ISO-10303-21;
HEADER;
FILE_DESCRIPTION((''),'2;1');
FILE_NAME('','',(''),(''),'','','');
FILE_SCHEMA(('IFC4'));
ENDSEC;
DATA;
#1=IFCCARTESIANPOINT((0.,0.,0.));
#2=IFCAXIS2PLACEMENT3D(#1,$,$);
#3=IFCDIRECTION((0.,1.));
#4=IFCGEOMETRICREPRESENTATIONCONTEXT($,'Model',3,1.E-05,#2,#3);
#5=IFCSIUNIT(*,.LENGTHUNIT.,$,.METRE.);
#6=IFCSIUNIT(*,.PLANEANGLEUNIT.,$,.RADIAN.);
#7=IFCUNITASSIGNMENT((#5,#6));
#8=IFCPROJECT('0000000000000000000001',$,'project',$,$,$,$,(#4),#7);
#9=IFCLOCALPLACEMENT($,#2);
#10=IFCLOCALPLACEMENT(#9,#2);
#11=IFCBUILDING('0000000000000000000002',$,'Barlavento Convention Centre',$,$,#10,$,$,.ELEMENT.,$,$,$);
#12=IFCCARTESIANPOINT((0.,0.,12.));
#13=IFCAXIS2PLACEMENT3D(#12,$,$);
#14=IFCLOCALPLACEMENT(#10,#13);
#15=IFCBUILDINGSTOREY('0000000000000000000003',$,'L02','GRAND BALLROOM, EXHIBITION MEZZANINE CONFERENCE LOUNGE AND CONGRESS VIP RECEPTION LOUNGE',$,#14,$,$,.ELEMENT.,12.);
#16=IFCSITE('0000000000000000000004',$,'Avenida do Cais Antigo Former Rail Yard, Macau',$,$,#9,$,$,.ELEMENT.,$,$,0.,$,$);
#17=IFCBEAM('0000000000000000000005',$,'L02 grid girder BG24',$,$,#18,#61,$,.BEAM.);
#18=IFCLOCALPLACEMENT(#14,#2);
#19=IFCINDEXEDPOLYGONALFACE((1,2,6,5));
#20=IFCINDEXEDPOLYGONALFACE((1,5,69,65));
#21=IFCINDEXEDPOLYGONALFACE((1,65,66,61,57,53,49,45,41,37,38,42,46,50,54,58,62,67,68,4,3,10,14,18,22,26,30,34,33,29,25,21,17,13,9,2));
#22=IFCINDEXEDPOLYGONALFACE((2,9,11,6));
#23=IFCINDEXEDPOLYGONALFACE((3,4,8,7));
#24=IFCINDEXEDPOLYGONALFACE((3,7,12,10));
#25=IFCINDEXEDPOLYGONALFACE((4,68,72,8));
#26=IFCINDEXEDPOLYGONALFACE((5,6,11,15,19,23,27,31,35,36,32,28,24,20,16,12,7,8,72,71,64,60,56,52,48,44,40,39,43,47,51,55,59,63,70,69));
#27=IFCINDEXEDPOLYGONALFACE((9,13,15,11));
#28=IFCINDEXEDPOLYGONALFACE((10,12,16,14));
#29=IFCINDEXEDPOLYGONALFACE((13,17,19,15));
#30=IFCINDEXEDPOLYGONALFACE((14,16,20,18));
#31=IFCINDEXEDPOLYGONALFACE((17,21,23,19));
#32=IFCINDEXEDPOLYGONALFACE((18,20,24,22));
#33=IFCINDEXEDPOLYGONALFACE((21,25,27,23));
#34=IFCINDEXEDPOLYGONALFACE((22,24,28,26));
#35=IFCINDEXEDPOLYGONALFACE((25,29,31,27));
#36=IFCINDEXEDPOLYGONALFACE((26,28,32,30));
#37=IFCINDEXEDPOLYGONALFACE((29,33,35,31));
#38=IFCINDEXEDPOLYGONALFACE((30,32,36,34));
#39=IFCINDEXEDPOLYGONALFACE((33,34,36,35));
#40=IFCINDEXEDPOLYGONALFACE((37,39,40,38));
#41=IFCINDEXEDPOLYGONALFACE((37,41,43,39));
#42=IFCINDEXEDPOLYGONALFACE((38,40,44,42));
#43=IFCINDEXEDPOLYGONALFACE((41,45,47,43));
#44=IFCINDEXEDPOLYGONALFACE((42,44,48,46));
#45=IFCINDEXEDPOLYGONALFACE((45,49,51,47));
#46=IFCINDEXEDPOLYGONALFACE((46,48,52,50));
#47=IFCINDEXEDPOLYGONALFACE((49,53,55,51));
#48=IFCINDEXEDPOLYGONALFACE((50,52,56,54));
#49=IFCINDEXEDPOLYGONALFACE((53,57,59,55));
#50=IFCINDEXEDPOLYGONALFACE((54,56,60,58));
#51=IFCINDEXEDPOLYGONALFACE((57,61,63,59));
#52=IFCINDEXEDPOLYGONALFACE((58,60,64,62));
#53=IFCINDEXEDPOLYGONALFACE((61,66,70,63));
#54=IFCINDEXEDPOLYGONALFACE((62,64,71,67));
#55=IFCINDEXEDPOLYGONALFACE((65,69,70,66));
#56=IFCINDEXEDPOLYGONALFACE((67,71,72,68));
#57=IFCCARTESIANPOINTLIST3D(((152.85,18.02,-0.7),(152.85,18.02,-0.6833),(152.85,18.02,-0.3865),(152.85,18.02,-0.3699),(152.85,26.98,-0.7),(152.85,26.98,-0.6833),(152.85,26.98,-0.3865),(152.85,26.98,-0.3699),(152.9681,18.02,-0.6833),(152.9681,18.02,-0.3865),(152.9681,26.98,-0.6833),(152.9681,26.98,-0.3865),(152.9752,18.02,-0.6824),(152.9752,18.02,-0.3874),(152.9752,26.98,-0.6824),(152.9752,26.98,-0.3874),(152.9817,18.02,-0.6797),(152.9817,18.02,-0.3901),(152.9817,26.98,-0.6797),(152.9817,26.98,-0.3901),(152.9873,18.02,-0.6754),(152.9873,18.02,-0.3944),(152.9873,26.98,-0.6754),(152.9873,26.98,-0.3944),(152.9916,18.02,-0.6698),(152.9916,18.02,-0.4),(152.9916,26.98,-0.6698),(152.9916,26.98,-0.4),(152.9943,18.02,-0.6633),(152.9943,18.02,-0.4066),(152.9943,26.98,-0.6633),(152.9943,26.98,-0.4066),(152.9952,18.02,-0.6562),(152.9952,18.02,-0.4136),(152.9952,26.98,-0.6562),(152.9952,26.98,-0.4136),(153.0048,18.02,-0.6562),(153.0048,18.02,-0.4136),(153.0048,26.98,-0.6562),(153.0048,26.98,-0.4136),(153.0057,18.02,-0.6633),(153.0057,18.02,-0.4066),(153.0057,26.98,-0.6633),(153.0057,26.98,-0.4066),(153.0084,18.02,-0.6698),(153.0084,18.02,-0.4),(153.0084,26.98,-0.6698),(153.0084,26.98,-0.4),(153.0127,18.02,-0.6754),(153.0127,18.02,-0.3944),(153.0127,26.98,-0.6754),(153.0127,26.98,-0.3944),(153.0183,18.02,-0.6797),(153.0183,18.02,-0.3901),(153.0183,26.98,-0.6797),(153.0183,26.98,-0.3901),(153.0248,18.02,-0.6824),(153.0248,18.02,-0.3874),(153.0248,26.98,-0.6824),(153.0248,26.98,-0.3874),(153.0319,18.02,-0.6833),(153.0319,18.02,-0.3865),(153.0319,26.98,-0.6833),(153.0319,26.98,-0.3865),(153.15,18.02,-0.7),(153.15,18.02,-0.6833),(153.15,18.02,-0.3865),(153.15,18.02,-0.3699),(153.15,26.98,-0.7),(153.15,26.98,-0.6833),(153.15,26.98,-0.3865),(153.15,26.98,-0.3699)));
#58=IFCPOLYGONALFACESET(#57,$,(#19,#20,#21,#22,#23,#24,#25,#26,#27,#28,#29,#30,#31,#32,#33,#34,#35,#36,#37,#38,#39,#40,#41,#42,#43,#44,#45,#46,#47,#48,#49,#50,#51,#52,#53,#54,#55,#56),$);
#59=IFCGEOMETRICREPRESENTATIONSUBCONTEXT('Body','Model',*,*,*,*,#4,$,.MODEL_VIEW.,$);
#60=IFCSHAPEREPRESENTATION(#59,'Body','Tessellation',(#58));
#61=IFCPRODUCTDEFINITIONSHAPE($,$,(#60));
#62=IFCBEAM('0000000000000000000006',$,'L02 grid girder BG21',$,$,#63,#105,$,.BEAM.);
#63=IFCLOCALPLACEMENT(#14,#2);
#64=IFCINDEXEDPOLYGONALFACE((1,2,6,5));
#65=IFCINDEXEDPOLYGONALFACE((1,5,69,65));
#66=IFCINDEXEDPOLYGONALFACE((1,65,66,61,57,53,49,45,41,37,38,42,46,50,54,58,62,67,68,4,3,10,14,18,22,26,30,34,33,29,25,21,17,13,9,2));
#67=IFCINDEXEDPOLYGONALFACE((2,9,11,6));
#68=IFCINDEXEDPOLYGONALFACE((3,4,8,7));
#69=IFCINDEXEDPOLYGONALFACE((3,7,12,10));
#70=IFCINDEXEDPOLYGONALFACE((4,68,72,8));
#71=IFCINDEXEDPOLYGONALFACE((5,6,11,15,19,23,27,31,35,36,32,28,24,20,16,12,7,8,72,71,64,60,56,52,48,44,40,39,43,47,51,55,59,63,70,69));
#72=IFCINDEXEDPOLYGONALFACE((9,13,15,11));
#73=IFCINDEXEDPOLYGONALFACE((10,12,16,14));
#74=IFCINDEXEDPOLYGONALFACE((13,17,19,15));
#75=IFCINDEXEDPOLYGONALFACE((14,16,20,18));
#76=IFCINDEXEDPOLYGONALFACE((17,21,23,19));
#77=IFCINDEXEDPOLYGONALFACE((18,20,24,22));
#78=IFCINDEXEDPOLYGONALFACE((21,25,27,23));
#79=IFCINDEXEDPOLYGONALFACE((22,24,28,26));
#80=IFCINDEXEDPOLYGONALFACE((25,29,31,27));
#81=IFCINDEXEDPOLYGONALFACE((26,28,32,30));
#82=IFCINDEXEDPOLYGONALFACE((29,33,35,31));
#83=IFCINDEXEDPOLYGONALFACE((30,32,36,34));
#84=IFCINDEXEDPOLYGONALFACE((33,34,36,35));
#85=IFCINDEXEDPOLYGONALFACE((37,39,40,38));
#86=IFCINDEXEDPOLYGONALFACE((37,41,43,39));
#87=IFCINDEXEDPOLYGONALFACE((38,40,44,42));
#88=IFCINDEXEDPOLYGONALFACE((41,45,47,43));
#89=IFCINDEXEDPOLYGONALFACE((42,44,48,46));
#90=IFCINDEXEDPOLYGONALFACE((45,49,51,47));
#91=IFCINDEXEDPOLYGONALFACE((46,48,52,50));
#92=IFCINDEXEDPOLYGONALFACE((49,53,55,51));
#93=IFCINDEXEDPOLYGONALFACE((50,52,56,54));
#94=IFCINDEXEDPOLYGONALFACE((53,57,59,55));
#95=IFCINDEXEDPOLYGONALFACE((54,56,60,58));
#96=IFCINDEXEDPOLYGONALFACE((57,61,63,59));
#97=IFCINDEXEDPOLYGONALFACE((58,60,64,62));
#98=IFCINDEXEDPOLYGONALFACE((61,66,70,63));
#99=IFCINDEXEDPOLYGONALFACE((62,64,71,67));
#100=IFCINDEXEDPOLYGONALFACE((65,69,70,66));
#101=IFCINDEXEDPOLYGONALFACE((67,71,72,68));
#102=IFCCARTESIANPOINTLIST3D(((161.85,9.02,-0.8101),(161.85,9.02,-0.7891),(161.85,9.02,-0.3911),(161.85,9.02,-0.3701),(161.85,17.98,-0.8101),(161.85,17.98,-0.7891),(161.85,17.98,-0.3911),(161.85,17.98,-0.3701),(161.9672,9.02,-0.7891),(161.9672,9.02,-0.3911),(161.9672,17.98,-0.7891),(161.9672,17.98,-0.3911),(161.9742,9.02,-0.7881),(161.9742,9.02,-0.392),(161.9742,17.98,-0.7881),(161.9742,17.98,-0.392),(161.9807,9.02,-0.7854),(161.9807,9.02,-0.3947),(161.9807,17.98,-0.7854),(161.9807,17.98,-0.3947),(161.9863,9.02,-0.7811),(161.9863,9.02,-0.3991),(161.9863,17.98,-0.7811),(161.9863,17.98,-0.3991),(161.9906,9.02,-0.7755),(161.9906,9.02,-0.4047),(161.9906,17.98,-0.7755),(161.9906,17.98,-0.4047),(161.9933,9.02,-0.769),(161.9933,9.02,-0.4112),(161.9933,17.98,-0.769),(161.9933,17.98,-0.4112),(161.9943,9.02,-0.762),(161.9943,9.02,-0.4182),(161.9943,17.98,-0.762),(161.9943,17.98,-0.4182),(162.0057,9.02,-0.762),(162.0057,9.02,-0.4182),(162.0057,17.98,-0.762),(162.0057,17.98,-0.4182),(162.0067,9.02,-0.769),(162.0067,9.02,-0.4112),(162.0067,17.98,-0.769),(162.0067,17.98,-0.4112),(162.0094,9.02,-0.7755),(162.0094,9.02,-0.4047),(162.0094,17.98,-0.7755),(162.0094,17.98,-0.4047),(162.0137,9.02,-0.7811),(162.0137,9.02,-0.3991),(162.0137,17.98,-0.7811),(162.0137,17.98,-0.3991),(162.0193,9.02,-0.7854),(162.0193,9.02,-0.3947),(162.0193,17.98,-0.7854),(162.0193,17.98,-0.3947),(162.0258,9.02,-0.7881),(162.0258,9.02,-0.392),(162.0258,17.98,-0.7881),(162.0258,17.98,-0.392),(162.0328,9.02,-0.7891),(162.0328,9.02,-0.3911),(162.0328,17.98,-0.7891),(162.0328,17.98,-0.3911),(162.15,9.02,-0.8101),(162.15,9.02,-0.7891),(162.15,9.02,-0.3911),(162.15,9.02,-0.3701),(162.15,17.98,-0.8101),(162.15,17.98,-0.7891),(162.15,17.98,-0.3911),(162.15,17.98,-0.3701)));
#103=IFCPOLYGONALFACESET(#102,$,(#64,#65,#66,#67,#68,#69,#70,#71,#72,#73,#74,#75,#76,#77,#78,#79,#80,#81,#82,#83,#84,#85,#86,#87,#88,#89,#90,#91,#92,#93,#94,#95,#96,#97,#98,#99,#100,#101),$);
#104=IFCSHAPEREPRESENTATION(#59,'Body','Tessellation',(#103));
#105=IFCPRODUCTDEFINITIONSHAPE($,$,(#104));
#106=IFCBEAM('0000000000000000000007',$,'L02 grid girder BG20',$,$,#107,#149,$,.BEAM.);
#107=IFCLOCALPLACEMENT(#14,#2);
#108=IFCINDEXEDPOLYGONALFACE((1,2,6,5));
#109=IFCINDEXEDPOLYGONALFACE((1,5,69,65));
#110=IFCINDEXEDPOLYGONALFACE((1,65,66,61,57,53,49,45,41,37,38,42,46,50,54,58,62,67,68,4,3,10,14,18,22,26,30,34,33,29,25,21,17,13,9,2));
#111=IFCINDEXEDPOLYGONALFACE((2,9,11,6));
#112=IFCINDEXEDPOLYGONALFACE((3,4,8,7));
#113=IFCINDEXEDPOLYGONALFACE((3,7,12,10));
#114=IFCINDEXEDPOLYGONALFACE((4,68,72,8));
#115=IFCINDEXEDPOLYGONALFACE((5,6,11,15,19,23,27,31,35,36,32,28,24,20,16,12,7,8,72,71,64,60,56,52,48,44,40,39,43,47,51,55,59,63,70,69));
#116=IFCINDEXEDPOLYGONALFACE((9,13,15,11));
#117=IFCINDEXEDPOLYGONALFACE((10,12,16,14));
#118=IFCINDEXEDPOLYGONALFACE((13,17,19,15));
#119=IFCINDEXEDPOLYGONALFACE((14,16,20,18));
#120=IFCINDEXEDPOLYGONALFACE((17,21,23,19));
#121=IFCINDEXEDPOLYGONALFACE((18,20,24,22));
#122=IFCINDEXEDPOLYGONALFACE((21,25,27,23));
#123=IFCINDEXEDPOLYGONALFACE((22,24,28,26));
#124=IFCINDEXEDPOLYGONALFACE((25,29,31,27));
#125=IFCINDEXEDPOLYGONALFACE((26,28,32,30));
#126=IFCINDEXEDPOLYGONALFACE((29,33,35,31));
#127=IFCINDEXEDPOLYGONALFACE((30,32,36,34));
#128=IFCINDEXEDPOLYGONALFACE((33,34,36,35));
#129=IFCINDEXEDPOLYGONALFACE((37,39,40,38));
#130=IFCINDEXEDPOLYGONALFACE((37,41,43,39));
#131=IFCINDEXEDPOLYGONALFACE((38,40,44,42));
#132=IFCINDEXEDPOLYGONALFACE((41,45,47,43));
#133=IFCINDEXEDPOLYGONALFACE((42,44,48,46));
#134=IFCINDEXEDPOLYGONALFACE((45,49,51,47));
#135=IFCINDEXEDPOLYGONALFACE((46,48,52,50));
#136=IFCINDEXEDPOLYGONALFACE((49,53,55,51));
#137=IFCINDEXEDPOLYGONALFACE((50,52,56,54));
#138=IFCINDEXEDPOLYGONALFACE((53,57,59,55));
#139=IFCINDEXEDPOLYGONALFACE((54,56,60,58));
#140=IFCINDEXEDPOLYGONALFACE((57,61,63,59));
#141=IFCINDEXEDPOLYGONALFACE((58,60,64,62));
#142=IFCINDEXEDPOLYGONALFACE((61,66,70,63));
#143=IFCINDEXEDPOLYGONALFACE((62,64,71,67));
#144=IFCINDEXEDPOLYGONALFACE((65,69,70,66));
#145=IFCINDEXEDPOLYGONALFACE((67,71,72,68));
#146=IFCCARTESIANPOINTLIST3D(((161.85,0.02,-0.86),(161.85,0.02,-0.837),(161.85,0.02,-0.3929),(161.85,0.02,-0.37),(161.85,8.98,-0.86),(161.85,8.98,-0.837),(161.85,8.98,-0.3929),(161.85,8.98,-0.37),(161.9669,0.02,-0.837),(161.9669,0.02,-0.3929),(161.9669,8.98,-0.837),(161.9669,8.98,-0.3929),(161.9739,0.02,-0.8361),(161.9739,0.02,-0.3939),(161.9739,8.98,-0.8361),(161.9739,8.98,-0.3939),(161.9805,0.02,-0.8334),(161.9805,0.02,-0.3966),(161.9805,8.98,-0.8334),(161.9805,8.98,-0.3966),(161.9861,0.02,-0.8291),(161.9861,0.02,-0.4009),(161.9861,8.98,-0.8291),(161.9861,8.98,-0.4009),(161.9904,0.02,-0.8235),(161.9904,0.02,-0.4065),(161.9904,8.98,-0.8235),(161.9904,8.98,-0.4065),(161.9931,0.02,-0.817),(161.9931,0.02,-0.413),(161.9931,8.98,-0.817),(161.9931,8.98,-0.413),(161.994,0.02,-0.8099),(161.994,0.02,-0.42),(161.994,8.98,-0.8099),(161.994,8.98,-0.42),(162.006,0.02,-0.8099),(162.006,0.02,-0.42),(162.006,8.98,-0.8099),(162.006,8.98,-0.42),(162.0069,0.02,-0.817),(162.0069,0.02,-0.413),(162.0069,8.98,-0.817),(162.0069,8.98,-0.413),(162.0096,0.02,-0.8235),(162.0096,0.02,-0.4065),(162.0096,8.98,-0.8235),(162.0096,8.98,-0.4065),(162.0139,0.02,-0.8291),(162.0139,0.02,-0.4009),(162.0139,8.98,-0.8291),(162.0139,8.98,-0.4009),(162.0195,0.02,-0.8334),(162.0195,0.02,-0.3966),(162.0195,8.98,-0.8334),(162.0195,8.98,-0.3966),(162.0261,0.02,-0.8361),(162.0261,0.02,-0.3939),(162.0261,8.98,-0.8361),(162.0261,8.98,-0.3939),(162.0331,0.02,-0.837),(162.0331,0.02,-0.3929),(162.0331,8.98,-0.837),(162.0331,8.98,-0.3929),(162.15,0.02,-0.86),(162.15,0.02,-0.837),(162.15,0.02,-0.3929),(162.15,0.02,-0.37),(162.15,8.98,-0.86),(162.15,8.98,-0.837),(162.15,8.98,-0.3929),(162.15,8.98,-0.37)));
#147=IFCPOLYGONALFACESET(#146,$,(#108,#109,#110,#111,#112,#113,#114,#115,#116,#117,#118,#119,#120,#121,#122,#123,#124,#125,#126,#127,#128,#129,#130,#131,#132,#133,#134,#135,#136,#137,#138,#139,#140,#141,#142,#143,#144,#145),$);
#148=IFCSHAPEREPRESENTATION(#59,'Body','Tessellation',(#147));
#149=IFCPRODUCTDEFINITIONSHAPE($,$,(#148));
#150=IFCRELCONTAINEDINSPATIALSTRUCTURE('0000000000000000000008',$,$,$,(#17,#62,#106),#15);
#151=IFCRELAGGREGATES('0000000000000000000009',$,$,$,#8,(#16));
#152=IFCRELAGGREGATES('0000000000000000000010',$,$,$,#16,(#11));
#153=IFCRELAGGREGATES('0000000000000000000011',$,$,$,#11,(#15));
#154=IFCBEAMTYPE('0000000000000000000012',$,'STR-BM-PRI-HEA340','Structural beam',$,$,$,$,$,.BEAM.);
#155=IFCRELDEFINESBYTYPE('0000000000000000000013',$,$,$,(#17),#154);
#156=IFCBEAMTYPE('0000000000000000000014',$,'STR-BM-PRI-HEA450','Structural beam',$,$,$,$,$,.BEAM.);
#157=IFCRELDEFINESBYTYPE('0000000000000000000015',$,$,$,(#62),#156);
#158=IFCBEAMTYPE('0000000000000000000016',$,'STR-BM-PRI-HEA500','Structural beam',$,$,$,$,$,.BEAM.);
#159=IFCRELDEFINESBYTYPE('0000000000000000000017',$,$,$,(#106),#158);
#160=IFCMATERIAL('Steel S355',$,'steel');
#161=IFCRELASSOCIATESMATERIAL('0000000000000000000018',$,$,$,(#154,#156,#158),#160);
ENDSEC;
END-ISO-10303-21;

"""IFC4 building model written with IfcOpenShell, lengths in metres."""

from ifc_helpers import new_model, si_unit, direction, frame, origin, origin_2d, place, context, subcontext, project, spatial, i_section, extrude, material, material_profile, profile_set, type_object, element, save


model = new_model("IFC4")

# Units and contexts
model_context = context("Model", 3, precision=1e-05, world=origin(), true_north=direction((0.0, 1.0)))
body_context = subcontext(model_context, "Body", "Model", "MODEL_VIEW")
ifc_project = project(units=[si_unit("LENGTHUNIT", "METRE"), si_unit("PLANEANGLEUNIT", "RADIAN")], contexts=[model_context])

# Site, building, storey
site_placement = place(None, origin())
site = spatial("IfcSite", under=ifc_project, at=site_placement, Name="Avenida do Cais Antigo Former Rail Yard, Macau", CompositionType="ELEMENT", RefElevation=0.0)
building_placement = place(site_placement, origin())
building = spatial("IfcBuilding", under=site, at=building_placement, Name="Barlavento Convention Centre", CompositionType="ELEMENT")
storey_placement = place(building_placement, frame((0.0, 0.0, 12.0)))
storey = spatial("IfcBuildingStorey", under=building, at=storey_placement, Name="L02", Description="GRAND BALLROOM, EXHIBITION MEZZANINE CONFERENCE LOUNGE AND CONGRESS VIP RECEPTION LOUNGE", CompositionType="ELEMENT", Elevation=12.0)

# Beams
ifc_material_1 = material(Name="Steel S355", Category="steel")
ifc_material_profile_1 = material_profile(ifc_material_1, i_section(OverallWidth=0.3, OverallDepth=0.3301, WebThickness=0.0095, FlangeThickness=0.0166, FilletRadius=0.0271, at=origin_2d()), Name="HEA 340")
ifc_profile_set_1 = profile_set([ifc_material_profile_1], Name="Steel S355")
beam_type_1 = type_object("IfcBeamType", Name="STR-BM-PRI-HEA340", Description="Structural beam", PredefinedType="BEAM", material=ifc_profile_set_1)
beam_1_placement = place(storey_placement, frame((153.0, 18.02, -0.5349), z_axis=(0.0, 1.0, 0.0), x_axis=(-1.0, 0.0, 0.0)))
element("IfcBeam", 1, at=beam_1_placement, inside=storey, type_object=beam_type_1, Name="L02 grid girder BG24", PredefinedType="BEAM", context=body_context, shape_type="SweptSolid", body=[
    extrude(i_section(OverallWidth=0.3, OverallDepth=0.3301, WebThickness=0.0095, FlangeThickness=0.0166, FilletRadius=0.0271, at=origin_2d()), origin(), (0.0, 0.0, 1.0), 8.96),
])
ifc_material_profile_2 = material_profile(ifc_material_1, i_section(OverallWidth=0.3, OverallDepth=0.4399, WebThickness=0.0115, FlangeThickness=0.021, FilletRadius=0.0271, at=origin_2d()), Name="HEA 450")
ifc_profile_set_2 = profile_set([ifc_material_profile_2], Name="Steel S355")
beam_type_2 = type_object("IfcBeamType", Name="STR-BM-PRI-HEA450", Description="Structural beam", PredefinedType="BEAM", material=ifc_profile_set_2)
beam_2_placement = place(storey_placement, frame((162.0, 9.02, -0.5901), z_axis=(0.0, 1.0, 0.0), x_axis=(-1.0, 0.0, 0.0)))
element("IfcBeam", 2, at=beam_2_placement, inside=storey, type_object=beam_type_2, Name="L02 grid girder BG21", PredefinedType="BEAM", context=body_context, shape_type="SweptSolid", body=[
    extrude(i_section(OverallWidth=0.3, OverallDepth=0.4399, WebThickness=0.0115, FlangeThickness=0.021, FilletRadius=0.0271, at=origin_2d()), origin(), (0.0, 0.0, 1.0), 8.96),
])
ifc_material_profile_3 = material_profile(ifc_material_1, i_section(OverallWidth=0.3, OverallDepth=0.49, WebThickness=0.012, FlangeThickness=0.0229, FilletRadius=0.0271, at=origin_2d()), Name="HEA 500")
ifc_profile_set_3 = profile_set([ifc_material_profile_3], Name="Steel S355")
beam_type_3 = type_object("IfcBeamType", Name="STR-BM-PRI-HEA500", Description="Structural beam", PredefinedType="BEAM", material=ifc_profile_set_3)
beam_3_placement = place(storey_placement, frame((162.0, 0.02, -0.615), z_axis=(0.0, 1.0, 0.0), x_axis=(-1.0, 0.0, 0.0)))
element("IfcBeam", 3, at=beam_3_placement, inside=storey, type_object=beam_type_3, Name="L02 grid girder BG20", PredefinedType="BEAM", context=body_context, shape_type="SweptSolid", body=[
    extrude(i_section(OverallWidth=0.3, OverallDepth=0.49, WebThickness=0.012, FlangeThickness=0.0229, FilletRadius=0.0271, at=origin_2d()), origin(), (0.0, 0.0, 1.0), 8.96),
])

save(model, "model.ifc")
